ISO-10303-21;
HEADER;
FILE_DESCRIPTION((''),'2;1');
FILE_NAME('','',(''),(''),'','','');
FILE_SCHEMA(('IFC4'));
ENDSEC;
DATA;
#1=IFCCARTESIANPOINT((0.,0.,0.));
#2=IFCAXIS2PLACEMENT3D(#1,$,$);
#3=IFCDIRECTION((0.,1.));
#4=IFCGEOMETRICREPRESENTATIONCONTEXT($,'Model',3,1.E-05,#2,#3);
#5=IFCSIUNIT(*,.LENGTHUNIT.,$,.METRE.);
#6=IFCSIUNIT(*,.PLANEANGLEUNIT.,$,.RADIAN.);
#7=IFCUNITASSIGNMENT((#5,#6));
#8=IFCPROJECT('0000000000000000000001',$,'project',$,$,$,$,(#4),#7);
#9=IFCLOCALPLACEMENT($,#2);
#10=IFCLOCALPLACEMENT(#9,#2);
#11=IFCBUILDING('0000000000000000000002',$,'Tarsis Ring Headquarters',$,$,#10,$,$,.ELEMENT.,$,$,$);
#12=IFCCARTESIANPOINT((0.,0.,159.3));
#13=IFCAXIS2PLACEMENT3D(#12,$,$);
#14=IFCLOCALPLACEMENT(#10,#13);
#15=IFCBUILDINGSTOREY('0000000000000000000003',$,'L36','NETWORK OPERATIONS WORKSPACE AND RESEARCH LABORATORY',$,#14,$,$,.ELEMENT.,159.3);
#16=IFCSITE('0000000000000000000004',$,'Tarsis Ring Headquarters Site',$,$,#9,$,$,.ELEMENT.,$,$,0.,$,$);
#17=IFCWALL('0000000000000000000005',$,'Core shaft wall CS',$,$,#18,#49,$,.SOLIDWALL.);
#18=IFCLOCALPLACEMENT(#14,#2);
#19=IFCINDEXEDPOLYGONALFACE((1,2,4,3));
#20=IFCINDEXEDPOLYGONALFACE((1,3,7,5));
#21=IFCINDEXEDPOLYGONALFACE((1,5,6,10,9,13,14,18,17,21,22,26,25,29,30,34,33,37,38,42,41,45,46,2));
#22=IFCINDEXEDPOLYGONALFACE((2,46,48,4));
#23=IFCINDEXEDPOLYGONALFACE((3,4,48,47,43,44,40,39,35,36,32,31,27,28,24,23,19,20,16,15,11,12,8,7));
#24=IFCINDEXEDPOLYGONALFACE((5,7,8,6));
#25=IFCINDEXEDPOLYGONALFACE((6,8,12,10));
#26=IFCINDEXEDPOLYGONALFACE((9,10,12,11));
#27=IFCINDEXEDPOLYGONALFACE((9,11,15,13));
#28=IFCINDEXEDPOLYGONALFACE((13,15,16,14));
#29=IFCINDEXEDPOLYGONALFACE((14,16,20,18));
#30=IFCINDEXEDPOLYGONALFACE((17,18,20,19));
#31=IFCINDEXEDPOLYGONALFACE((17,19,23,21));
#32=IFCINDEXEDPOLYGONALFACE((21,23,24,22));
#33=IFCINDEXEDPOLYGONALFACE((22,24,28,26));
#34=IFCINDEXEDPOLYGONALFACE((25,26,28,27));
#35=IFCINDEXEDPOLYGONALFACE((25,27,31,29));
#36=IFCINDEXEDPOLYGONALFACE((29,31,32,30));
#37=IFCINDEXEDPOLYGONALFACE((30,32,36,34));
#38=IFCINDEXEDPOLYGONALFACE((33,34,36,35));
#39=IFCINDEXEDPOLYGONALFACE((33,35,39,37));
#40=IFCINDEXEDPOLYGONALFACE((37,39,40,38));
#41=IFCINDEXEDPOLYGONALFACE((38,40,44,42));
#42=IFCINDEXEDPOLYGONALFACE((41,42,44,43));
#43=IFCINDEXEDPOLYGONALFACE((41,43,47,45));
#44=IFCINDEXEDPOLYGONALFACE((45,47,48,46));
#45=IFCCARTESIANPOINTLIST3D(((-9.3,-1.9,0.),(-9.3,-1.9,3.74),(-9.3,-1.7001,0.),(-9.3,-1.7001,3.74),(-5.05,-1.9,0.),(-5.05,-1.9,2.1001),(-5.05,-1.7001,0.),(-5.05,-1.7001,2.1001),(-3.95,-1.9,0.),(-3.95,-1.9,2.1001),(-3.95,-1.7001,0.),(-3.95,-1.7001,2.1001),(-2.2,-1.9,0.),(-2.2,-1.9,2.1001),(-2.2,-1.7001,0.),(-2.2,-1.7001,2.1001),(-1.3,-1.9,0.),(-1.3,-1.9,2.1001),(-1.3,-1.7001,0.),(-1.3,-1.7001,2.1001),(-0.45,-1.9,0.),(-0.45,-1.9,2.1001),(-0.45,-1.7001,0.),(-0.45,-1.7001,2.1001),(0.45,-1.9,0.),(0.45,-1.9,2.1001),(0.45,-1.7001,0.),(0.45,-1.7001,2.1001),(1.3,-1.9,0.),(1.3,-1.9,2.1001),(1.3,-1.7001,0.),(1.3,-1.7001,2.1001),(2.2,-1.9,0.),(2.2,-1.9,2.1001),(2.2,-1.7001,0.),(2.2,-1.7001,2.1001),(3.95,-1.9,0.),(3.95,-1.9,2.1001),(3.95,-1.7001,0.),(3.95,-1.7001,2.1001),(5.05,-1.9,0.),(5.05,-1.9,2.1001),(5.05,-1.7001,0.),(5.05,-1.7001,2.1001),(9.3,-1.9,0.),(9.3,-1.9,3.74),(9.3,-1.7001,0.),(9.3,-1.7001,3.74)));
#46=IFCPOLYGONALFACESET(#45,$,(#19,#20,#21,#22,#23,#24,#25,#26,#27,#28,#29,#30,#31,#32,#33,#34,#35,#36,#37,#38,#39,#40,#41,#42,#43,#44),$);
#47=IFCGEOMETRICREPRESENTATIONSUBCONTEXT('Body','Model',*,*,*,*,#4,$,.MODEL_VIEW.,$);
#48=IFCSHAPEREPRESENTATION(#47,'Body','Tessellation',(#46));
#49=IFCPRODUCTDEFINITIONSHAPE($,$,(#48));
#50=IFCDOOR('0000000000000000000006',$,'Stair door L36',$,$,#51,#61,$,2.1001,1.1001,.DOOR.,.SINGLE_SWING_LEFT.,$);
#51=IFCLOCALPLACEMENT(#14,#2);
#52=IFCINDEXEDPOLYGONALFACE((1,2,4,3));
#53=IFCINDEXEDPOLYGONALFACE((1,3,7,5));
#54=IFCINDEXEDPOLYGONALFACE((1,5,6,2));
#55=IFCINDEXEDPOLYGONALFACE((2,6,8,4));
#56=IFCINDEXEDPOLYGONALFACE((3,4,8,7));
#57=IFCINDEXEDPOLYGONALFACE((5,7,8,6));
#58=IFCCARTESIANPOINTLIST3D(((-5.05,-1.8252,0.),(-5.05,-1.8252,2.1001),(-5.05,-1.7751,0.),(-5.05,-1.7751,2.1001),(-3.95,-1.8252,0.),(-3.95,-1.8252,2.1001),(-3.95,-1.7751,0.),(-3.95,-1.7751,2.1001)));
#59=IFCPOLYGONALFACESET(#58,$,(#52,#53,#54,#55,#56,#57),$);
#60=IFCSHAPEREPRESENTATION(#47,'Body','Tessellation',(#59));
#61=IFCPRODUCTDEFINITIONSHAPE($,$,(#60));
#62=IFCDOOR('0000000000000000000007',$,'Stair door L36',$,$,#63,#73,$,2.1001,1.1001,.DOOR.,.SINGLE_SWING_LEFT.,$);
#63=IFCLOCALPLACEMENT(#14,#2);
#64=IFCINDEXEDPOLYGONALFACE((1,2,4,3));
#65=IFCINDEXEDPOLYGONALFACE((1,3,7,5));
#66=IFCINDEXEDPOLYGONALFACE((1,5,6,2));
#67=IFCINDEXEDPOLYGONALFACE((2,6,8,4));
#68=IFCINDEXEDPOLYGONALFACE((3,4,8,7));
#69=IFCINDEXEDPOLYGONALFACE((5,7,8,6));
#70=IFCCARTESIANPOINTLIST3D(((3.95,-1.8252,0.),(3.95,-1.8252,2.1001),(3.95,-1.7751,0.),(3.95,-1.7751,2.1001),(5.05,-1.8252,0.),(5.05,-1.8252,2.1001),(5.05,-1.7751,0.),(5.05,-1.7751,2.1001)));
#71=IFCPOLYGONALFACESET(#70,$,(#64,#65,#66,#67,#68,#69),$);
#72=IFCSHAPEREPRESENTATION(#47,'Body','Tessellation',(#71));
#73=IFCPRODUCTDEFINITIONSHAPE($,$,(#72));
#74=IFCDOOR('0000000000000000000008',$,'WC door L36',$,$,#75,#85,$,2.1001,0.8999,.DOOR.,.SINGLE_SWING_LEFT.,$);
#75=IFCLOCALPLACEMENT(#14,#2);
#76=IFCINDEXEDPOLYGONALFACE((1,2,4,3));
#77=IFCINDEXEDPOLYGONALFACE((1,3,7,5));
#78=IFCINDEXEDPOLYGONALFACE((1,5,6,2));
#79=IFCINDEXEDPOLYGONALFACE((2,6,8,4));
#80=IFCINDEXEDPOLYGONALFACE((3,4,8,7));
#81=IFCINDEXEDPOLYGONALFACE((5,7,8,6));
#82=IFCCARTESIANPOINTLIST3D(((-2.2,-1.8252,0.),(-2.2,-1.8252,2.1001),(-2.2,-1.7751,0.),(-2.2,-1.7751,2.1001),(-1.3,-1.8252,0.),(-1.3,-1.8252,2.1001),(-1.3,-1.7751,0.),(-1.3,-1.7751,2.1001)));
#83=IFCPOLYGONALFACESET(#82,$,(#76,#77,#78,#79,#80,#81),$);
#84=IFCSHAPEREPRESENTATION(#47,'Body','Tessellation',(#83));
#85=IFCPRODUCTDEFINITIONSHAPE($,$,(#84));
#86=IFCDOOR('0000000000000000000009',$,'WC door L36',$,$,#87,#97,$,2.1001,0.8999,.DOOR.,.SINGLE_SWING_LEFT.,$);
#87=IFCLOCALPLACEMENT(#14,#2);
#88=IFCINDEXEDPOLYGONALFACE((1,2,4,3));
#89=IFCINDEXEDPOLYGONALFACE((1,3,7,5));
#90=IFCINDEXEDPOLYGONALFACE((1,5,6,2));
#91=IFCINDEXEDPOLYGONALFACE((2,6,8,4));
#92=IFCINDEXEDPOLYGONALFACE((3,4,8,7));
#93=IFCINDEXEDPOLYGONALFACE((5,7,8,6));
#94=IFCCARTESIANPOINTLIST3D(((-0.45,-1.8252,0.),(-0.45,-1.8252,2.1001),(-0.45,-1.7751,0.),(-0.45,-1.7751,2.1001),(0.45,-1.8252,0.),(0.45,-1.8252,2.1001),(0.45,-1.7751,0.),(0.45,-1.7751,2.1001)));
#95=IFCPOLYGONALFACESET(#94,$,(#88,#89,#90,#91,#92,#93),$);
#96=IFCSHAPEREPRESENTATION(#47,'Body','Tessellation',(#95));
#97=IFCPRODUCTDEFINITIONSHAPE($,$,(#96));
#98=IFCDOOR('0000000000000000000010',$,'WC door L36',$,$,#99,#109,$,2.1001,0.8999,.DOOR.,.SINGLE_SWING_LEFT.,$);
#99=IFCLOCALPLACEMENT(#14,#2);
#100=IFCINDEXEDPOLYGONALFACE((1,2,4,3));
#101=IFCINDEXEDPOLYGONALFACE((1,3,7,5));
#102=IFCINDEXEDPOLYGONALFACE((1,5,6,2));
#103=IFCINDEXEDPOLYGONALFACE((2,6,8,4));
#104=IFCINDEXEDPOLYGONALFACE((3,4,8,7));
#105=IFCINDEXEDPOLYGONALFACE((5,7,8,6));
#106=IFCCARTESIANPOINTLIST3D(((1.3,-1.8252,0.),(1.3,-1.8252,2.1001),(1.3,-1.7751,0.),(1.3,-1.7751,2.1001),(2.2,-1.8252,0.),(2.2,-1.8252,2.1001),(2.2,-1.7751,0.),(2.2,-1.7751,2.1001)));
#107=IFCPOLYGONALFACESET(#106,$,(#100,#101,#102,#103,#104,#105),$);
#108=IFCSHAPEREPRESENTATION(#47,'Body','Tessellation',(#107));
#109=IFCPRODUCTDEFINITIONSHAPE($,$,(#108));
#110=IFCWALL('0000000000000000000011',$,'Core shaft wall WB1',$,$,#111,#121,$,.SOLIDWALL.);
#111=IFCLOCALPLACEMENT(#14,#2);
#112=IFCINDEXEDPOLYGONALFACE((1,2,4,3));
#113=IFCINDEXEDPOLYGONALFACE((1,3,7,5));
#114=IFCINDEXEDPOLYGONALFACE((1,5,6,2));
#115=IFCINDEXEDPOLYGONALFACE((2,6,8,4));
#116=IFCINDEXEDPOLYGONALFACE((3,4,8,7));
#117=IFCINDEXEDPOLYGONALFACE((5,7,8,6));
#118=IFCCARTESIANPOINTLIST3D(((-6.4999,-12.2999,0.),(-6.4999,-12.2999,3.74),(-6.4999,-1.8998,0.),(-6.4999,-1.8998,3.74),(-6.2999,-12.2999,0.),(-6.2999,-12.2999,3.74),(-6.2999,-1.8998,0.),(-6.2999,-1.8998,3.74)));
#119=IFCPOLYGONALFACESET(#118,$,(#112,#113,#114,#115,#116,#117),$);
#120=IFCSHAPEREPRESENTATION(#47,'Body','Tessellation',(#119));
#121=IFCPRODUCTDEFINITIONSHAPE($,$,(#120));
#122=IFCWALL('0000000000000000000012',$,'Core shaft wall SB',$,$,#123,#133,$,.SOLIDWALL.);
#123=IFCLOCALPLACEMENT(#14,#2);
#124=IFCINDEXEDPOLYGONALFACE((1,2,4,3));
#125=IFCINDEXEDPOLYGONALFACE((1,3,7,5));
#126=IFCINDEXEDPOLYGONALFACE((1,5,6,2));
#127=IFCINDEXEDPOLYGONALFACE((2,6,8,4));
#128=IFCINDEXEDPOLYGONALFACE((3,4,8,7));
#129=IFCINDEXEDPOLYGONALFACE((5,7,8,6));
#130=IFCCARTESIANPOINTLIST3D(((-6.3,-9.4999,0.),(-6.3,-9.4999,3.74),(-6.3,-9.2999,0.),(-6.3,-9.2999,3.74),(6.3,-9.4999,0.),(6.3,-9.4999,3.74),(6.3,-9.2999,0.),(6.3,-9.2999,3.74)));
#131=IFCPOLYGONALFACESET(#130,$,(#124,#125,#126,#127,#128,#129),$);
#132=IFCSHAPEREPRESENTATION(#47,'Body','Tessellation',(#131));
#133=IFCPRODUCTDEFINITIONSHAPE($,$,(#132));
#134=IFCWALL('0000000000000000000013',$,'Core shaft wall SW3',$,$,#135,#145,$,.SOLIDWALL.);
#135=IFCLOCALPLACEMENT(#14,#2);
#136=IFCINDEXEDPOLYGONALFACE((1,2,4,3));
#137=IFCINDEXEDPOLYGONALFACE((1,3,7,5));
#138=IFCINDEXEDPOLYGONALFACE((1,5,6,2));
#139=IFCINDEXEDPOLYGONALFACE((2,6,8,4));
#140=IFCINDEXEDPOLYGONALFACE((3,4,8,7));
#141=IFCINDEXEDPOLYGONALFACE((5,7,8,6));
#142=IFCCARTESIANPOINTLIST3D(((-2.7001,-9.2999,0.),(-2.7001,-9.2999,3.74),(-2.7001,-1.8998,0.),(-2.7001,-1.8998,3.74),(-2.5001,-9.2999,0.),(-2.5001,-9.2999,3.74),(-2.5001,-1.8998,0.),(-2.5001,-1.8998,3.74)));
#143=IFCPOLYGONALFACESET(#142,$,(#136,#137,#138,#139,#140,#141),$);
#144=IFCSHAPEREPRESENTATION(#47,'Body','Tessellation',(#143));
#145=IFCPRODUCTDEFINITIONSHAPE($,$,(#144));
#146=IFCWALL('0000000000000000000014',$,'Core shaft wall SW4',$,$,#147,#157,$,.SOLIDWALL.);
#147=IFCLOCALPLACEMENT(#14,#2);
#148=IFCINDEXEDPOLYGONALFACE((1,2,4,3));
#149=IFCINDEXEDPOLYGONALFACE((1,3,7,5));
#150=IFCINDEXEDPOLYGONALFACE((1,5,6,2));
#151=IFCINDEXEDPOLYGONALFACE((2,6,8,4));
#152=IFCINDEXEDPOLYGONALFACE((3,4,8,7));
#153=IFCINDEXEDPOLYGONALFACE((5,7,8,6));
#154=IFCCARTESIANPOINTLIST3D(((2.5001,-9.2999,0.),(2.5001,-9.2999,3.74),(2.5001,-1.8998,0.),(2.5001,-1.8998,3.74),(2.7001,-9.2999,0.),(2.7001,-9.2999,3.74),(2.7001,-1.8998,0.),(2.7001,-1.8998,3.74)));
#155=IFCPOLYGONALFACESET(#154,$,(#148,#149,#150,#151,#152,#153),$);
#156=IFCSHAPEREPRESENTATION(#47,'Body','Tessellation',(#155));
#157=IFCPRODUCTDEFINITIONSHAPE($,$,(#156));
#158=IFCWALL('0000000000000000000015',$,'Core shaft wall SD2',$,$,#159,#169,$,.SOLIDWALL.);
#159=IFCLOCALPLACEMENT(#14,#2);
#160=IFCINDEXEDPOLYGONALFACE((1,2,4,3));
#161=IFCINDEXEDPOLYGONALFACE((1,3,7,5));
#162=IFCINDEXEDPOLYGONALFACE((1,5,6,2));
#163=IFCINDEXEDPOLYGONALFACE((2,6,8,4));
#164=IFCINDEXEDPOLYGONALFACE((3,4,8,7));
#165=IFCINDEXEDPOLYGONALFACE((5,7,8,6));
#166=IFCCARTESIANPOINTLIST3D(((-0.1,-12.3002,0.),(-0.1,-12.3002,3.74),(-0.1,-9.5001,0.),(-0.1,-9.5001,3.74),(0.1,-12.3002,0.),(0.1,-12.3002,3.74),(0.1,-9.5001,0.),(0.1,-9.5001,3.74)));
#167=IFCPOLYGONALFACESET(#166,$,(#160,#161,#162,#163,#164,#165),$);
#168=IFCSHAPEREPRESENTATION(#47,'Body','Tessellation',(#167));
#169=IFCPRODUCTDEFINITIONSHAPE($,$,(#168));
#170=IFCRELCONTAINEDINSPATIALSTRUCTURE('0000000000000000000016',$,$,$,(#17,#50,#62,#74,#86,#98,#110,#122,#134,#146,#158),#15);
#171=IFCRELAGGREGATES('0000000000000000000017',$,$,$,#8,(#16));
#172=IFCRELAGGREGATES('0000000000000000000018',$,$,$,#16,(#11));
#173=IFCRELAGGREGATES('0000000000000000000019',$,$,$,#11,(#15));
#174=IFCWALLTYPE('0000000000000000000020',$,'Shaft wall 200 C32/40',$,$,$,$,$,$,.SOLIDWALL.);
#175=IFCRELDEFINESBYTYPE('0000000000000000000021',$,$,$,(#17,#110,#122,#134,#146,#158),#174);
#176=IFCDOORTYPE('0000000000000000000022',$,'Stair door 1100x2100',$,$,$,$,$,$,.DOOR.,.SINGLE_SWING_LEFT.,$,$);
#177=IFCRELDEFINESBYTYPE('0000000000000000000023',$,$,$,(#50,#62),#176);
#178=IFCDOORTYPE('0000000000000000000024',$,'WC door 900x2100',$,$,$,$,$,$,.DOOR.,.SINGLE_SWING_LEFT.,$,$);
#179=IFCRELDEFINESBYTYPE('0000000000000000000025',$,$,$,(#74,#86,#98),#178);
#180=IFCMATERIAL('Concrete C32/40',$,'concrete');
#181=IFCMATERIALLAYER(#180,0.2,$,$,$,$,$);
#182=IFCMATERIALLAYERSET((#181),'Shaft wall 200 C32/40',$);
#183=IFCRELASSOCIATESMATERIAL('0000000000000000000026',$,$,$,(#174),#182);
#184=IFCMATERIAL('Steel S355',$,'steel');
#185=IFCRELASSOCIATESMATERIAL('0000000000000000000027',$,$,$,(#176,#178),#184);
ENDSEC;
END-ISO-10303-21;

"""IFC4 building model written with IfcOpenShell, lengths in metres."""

from ifc_helpers import new_model, si_unit, direction, frame, frame_2d, origin, place, context, subcontext, project, spatial, rectangle, extrude, material, layer, layer_set, type_object, element, fill, save


model = new_model("IFC4")

# Units and contexts
model_context = context("Model", 3, precision=1e-05, world=origin(), true_north=direction((0.0, 1.0)))
body_context = subcontext(model_context, "Body", "Model", "MODEL_VIEW")
ifc_project = project(units=[si_unit("LENGTHUNIT", "METRE"), si_unit("PLANEANGLEUNIT", "RADIAN")], contexts=[model_context])

# Site, building, storey
site_placement = place(None, origin())
site = spatial("IfcSite", under=ifc_project, at=site_placement, Name="Tarsis Ring Headquarters Site", CompositionType="ELEMENT", RefElevation=0.0)
building_placement = place(site_placement, origin())
building = spatial("IfcBuilding", under=site, at=building_placement, Name="Tarsis Ring Headquarters", CompositionType="ELEMENT")
storey_placement = place(building_placement, frame((0.0, 0.0, 159.3)))
storey = spatial("IfcBuildingStorey", under=building, at=storey_placement, Name="L36", Description="NETWORK OPERATIONS WORKSPACE AND RESEARCH LABORATORY", CompositionType="ELEMENT", Elevation=159.3)

# Shared definitions
ifc_material_1 = material(Name="Concrete C32/40", Category="concrete")

# Wall, openings, doors
ifc_layer_1 = layer(ifc_material_1, 0.2)
ifc_layer_set_1 = layer_set([ifc_layer_1], Name="Shaft wall 200 C32/40")
wall_type_1 = type_object("IfcWallType", Name="Shaft wall 200 C32/40", PredefinedType="SOLIDWALL", material=ifc_layer_set_1)
wall_1_placement = place(storey_placement, frame((-9.3, -1.8, 0.0), z_axis=(0.0, 0.0, 1.0), x_axis=(1.0, 0.0, 0.0)))
wall_1 = element("IfcWall", 1, at=wall_1_placement, inside=storey, type_object=wall_type_1, Name="Core shaft wall CS", PredefinedType="SOLIDWALL", context=body_context, shape_type="SweptSolid", body=[
    extrude(rectangle(XDim=18.6001, YDim=0.2, at=frame_2d((9.3, 0.0))), origin(), (0.0, 0.0, 1.0), 3.74),
])
opening_1_placement = place(wall_1_placement, frame((4.25, 0.0, 0.0)))
opening_1 = element("IfcOpeningElement", 2, at=opening_1_placement, cuts=wall_1, PredefinedType="OPENING", context=body_context, shape_type="SweptSolid", body=[
    extrude(rectangle(XDim=1.1001, YDim=2.1001, at=frame_2d((0.55, 1.05))), frame((0.0, 0.1099, 0.0), z_axis=(0.0, -1.0, 0.0), x_axis=(1.0, 0.0, 0.0)), (0.0, 0.0, 1.0), 0.22),
])
opening_2_placement = place(wall_1_placement, frame((7.1001, 0.0, 0.0)))
opening_2 = element("IfcOpeningElement", 3, at=opening_2_placement, cuts=wall_1, PredefinedType="OPENING", context=body_context, shape_type="SweptSolid", body=[
    extrude(rectangle(XDim=0.8999, YDim=2.1001, at=frame_2d((0.45, 1.05))), frame((0.0, 0.1099, 0.0), z_axis=(0.0, -1.0, 0.0), x_axis=(1.0, 0.0, 0.0)), (0.0, 0.0, 1.0), 0.22),
])
opening_3_placement = place(wall_1_placement, frame((8.8501, 0.0, 0.0)))
opening_3 = element("IfcOpeningElement", 4, at=opening_3_placement, cuts=wall_1, PredefinedType="OPENING", context=body_context, shape_type="SweptSolid", body=[
    extrude(rectangle(XDim=0.8999, YDim=2.1001, at=frame_2d((0.45, 1.05))), frame((0.0, 0.1099, 0.0), z_axis=(0.0, -1.0, 0.0), x_axis=(1.0, 0.0, 0.0)), (0.0, 0.0, 1.0), 0.22),
])
opening_4_placement = place(wall_1_placement, frame((10.6001, 0.0, 0.0)))
opening_4 = element("IfcOpeningElement", 5, at=opening_4_placement, cuts=wall_1, PredefinedType="OPENING", context=body_context, shape_type="SweptSolid", body=[
    extrude(rectangle(XDim=0.8999, YDim=2.1001, at=frame_2d((0.45, 1.05))), frame((0.0, 0.1099, 0.0), z_axis=(0.0, -1.0, 0.0), x_axis=(1.0, 0.0, 0.0)), (0.0, 0.0, 1.0), 0.22),
])
opening_5_placement = place(wall_1_placement, frame((13.25, 0.0, 0.0)))
opening_5 = element("IfcOpeningElement", 6, at=opening_5_placement, cuts=wall_1, PredefinedType="OPENING", context=body_context, shape_type="SweptSolid", body=[
    extrude(rectangle(XDim=1.1001, YDim=2.1001, at=frame_2d((0.55, 1.05))), frame((0.0, 0.1099, 0.0), z_axis=(0.0, -1.0, 0.0), x_axis=(1.0, 0.0, 0.0)), (0.0, 0.0, 1.0), 0.22),
])
ifc_material_2 = material(Name="Steel S355", Category="steel")
door_type_1 = type_object("IfcDoorType", Name="Stair door 1100x2100", OperationType="SINGLE_SWING_LEFT", PredefinedType="DOOR", material=ifc_material_2)
door_1_placement = place(opening_1_placement, origin())
door_1 = element("IfcDoor", 7, at=door_1_placement, inside=storey, type_object=door_type_1, Name="Stair door L36", OperationType="SINGLE_SWING_LEFT", OverallHeight=2.1001, OverallWidth=1.1001, PredefinedType="DOOR", context=body_context, shape_type="SweptSolid", body=[
    extrude(rectangle(XDim=1.1001, YDim=2.1001, at=frame_2d((0.55, 1.05))), frame((0.0, 0.0249, 0.0), z_axis=(0.0, -1.0, 0.0), x_axis=(1.0, 0.0, 0.0)), (0.0, 0.0, 1.0), 0.05),
])
fill(opening_1, door_1)
door_2_placement = place(opening_5_placement, origin())
door_2 = element("IfcDoor", 8, at=door_2_placement, inside=storey, type_object=door_type_1, Name="Stair door L36", OperationType="SINGLE_SWING_LEFT", OverallHeight=2.1001, OverallWidth=1.1001, PredefinedType="DOOR", context=body_context, shape_type="SweptSolid", body=[
    extrude(rectangle(XDim=1.1001, YDim=2.1001, at=frame_2d((0.55, 1.05))), frame((0.0, 0.0249, 0.0), z_axis=(0.0, -1.0, 0.0), x_axis=(1.0, 0.0, 0.0)), (0.0, 0.0, 1.0), 0.05),
])
fill(opening_5, door_2)
door_type_2 = type_object("IfcDoorType", Name="WC door 900x2100", OperationType="SINGLE_SWING_LEFT", PredefinedType="DOOR", material=ifc_material_2)
door_3_placement = place(opening_2_placement, origin())
door_3 = element("IfcDoor", 9, at=door_3_placement, inside=storey, type_object=door_type_2, Name="WC door L36", OperationType="SINGLE_SWING_LEFT", OverallHeight=2.1001, OverallWidth=0.8999, PredefinedType="DOOR", context=body_context, shape_type="SweptSolid", body=[
    extrude(rectangle(XDim=0.8999, YDim=2.1001, at=frame_2d((0.45, 1.05))), frame((0.0, 0.0249, 0.0), z_axis=(0.0, -1.0, 0.0), x_axis=(1.0, 0.0, 0.0)), (0.0, 0.0, 1.0), 0.05),
])
fill(opening_2, door_3)
door_4_placement = place(opening_3_placement, origin())
door_4 = element("IfcDoor", 10, at=door_4_placement, inside=storey, type_object=door_type_2, Name="WC door L36", OperationType="SINGLE_SWING_LEFT", OverallHeight=2.1001, OverallWidth=0.8999, PredefinedType="DOOR", context=body_context, shape_type="SweptSolid", body=[
    extrude(rectangle(XDim=0.8999, YDim=2.1001, at=frame_2d((0.45, 1.05))), frame((0.0, 0.0249, 0.0), z_axis=(0.0, -1.0, 0.0), x_axis=(1.0, 0.0, 0.0)), (0.0, 0.0, 1.0), 0.05),
])
fill(opening_3, door_4)
door_5_placement = place(opening_4_placement, origin())
door_5 = element("IfcDoor", 11, at=door_5_placement, inside=storey, type_object=door_type_2, Name="WC door L36", OperationType="SINGLE_SWING_LEFT", OverallHeight=2.1001, OverallWidth=0.8999, PredefinedType="DOOR", context=body_context, shape_type="SweptSolid", body=[
    extrude(rectangle(XDim=0.8999, YDim=2.1001, at=frame_2d((0.45, 1.05))), frame((0.0, 0.0249, 0.0), z_axis=(0.0, -1.0, 0.0), x_axis=(1.0, 0.0, 0.0)), (0.0, 0.0, 1.0), 0.05),
])
fill(opening_4, door_5)

# Walls
wall_2_placement = place(storey_placement, frame((-6.3999, -12.3, 0.0), z_axis=(0.0, 0.0, 1.0), x_axis=(0.0, 1.0, 0.0)))
element("IfcWall", 12, at=wall_2_placement, inside=storey, type_object=wall_type_1, Name="Core shaft wall WB1", PredefinedType="SOLIDWALL", context=body_context, shape_type="SweptSolid", body=[
    extrude(rectangle(XDim=10.4001, YDim=0.2, at=frame_2d((5.2002, 0.0))), origin(), (0.0, 0.0, 1.0), 3.74),
])
wall_3_placement = place(storey_placement, frame((-6.3, -9.3999, 0.0), z_axis=(0.0, 0.0, 1.0), x_axis=(1.0, 0.0, 0.0)))
element("IfcWall", 13, at=wall_3_placement, inside=storey, type_object=wall_type_1, Name="Core shaft wall SB", PredefinedType="SOLIDWALL", context=body_context, shape_type="SweptSolid", body=[
    extrude(rectangle(XDim=12.6001, YDim=0.2, at=frame_2d((6.3, 0.0))), origin(), (0.0, 0.0, 1.0), 3.74),
])
for number, where, z_axis, x_axis, name in (
    (14, (-2.6001, -9.3, 0.0), (0.0, 0.0, 1.0), (0.0, 1.0, 0.0), "Core shaft wall SW3"),
    (15, (2.6001, -9.3, 0.0), (0.0, 0.0, 1.0), (0.0, 1.0, 0.0), "Core shaft wall SW4"),
):
    element("IfcWall", number, at=place(storey_placement, frame(where, z_axis=z_axis, x_axis=x_axis)), inside=storey, type_object=wall_type_1, Name=name, PredefinedType="SOLIDWALL", context=body_context, shape_type="SweptSolid", body=[
        extrude(rectangle(XDim=7.4001, YDim=0.2, at=frame_2d((3.7002, 0.0))), origin(), (0.0, 0.0, 1.0), 3.74),
    ])
wall_4_placement = place(storey_placement, frame((0.0, -12.3, 0.0), z_axis=(0.0, 0.0, 1.0), x_axis=(0.0, 1.0, 0.0)))
element("IfcWall", 16, at=wall_4_placement, inside=storey, type_object=wall_type_1, Name="Core shaft wall SD2", PredefinedType="SOLIDWALL", context=body_context, shape_type="SweptSolid", body=[
    extrude(rectangle(XDim=2.8, YDim=0.2, at=frame_2d((1.3999, 0.0))), origin(), (0.0, 0.0, 1.0), 3.74),
])

save(model, "model.ifc")
